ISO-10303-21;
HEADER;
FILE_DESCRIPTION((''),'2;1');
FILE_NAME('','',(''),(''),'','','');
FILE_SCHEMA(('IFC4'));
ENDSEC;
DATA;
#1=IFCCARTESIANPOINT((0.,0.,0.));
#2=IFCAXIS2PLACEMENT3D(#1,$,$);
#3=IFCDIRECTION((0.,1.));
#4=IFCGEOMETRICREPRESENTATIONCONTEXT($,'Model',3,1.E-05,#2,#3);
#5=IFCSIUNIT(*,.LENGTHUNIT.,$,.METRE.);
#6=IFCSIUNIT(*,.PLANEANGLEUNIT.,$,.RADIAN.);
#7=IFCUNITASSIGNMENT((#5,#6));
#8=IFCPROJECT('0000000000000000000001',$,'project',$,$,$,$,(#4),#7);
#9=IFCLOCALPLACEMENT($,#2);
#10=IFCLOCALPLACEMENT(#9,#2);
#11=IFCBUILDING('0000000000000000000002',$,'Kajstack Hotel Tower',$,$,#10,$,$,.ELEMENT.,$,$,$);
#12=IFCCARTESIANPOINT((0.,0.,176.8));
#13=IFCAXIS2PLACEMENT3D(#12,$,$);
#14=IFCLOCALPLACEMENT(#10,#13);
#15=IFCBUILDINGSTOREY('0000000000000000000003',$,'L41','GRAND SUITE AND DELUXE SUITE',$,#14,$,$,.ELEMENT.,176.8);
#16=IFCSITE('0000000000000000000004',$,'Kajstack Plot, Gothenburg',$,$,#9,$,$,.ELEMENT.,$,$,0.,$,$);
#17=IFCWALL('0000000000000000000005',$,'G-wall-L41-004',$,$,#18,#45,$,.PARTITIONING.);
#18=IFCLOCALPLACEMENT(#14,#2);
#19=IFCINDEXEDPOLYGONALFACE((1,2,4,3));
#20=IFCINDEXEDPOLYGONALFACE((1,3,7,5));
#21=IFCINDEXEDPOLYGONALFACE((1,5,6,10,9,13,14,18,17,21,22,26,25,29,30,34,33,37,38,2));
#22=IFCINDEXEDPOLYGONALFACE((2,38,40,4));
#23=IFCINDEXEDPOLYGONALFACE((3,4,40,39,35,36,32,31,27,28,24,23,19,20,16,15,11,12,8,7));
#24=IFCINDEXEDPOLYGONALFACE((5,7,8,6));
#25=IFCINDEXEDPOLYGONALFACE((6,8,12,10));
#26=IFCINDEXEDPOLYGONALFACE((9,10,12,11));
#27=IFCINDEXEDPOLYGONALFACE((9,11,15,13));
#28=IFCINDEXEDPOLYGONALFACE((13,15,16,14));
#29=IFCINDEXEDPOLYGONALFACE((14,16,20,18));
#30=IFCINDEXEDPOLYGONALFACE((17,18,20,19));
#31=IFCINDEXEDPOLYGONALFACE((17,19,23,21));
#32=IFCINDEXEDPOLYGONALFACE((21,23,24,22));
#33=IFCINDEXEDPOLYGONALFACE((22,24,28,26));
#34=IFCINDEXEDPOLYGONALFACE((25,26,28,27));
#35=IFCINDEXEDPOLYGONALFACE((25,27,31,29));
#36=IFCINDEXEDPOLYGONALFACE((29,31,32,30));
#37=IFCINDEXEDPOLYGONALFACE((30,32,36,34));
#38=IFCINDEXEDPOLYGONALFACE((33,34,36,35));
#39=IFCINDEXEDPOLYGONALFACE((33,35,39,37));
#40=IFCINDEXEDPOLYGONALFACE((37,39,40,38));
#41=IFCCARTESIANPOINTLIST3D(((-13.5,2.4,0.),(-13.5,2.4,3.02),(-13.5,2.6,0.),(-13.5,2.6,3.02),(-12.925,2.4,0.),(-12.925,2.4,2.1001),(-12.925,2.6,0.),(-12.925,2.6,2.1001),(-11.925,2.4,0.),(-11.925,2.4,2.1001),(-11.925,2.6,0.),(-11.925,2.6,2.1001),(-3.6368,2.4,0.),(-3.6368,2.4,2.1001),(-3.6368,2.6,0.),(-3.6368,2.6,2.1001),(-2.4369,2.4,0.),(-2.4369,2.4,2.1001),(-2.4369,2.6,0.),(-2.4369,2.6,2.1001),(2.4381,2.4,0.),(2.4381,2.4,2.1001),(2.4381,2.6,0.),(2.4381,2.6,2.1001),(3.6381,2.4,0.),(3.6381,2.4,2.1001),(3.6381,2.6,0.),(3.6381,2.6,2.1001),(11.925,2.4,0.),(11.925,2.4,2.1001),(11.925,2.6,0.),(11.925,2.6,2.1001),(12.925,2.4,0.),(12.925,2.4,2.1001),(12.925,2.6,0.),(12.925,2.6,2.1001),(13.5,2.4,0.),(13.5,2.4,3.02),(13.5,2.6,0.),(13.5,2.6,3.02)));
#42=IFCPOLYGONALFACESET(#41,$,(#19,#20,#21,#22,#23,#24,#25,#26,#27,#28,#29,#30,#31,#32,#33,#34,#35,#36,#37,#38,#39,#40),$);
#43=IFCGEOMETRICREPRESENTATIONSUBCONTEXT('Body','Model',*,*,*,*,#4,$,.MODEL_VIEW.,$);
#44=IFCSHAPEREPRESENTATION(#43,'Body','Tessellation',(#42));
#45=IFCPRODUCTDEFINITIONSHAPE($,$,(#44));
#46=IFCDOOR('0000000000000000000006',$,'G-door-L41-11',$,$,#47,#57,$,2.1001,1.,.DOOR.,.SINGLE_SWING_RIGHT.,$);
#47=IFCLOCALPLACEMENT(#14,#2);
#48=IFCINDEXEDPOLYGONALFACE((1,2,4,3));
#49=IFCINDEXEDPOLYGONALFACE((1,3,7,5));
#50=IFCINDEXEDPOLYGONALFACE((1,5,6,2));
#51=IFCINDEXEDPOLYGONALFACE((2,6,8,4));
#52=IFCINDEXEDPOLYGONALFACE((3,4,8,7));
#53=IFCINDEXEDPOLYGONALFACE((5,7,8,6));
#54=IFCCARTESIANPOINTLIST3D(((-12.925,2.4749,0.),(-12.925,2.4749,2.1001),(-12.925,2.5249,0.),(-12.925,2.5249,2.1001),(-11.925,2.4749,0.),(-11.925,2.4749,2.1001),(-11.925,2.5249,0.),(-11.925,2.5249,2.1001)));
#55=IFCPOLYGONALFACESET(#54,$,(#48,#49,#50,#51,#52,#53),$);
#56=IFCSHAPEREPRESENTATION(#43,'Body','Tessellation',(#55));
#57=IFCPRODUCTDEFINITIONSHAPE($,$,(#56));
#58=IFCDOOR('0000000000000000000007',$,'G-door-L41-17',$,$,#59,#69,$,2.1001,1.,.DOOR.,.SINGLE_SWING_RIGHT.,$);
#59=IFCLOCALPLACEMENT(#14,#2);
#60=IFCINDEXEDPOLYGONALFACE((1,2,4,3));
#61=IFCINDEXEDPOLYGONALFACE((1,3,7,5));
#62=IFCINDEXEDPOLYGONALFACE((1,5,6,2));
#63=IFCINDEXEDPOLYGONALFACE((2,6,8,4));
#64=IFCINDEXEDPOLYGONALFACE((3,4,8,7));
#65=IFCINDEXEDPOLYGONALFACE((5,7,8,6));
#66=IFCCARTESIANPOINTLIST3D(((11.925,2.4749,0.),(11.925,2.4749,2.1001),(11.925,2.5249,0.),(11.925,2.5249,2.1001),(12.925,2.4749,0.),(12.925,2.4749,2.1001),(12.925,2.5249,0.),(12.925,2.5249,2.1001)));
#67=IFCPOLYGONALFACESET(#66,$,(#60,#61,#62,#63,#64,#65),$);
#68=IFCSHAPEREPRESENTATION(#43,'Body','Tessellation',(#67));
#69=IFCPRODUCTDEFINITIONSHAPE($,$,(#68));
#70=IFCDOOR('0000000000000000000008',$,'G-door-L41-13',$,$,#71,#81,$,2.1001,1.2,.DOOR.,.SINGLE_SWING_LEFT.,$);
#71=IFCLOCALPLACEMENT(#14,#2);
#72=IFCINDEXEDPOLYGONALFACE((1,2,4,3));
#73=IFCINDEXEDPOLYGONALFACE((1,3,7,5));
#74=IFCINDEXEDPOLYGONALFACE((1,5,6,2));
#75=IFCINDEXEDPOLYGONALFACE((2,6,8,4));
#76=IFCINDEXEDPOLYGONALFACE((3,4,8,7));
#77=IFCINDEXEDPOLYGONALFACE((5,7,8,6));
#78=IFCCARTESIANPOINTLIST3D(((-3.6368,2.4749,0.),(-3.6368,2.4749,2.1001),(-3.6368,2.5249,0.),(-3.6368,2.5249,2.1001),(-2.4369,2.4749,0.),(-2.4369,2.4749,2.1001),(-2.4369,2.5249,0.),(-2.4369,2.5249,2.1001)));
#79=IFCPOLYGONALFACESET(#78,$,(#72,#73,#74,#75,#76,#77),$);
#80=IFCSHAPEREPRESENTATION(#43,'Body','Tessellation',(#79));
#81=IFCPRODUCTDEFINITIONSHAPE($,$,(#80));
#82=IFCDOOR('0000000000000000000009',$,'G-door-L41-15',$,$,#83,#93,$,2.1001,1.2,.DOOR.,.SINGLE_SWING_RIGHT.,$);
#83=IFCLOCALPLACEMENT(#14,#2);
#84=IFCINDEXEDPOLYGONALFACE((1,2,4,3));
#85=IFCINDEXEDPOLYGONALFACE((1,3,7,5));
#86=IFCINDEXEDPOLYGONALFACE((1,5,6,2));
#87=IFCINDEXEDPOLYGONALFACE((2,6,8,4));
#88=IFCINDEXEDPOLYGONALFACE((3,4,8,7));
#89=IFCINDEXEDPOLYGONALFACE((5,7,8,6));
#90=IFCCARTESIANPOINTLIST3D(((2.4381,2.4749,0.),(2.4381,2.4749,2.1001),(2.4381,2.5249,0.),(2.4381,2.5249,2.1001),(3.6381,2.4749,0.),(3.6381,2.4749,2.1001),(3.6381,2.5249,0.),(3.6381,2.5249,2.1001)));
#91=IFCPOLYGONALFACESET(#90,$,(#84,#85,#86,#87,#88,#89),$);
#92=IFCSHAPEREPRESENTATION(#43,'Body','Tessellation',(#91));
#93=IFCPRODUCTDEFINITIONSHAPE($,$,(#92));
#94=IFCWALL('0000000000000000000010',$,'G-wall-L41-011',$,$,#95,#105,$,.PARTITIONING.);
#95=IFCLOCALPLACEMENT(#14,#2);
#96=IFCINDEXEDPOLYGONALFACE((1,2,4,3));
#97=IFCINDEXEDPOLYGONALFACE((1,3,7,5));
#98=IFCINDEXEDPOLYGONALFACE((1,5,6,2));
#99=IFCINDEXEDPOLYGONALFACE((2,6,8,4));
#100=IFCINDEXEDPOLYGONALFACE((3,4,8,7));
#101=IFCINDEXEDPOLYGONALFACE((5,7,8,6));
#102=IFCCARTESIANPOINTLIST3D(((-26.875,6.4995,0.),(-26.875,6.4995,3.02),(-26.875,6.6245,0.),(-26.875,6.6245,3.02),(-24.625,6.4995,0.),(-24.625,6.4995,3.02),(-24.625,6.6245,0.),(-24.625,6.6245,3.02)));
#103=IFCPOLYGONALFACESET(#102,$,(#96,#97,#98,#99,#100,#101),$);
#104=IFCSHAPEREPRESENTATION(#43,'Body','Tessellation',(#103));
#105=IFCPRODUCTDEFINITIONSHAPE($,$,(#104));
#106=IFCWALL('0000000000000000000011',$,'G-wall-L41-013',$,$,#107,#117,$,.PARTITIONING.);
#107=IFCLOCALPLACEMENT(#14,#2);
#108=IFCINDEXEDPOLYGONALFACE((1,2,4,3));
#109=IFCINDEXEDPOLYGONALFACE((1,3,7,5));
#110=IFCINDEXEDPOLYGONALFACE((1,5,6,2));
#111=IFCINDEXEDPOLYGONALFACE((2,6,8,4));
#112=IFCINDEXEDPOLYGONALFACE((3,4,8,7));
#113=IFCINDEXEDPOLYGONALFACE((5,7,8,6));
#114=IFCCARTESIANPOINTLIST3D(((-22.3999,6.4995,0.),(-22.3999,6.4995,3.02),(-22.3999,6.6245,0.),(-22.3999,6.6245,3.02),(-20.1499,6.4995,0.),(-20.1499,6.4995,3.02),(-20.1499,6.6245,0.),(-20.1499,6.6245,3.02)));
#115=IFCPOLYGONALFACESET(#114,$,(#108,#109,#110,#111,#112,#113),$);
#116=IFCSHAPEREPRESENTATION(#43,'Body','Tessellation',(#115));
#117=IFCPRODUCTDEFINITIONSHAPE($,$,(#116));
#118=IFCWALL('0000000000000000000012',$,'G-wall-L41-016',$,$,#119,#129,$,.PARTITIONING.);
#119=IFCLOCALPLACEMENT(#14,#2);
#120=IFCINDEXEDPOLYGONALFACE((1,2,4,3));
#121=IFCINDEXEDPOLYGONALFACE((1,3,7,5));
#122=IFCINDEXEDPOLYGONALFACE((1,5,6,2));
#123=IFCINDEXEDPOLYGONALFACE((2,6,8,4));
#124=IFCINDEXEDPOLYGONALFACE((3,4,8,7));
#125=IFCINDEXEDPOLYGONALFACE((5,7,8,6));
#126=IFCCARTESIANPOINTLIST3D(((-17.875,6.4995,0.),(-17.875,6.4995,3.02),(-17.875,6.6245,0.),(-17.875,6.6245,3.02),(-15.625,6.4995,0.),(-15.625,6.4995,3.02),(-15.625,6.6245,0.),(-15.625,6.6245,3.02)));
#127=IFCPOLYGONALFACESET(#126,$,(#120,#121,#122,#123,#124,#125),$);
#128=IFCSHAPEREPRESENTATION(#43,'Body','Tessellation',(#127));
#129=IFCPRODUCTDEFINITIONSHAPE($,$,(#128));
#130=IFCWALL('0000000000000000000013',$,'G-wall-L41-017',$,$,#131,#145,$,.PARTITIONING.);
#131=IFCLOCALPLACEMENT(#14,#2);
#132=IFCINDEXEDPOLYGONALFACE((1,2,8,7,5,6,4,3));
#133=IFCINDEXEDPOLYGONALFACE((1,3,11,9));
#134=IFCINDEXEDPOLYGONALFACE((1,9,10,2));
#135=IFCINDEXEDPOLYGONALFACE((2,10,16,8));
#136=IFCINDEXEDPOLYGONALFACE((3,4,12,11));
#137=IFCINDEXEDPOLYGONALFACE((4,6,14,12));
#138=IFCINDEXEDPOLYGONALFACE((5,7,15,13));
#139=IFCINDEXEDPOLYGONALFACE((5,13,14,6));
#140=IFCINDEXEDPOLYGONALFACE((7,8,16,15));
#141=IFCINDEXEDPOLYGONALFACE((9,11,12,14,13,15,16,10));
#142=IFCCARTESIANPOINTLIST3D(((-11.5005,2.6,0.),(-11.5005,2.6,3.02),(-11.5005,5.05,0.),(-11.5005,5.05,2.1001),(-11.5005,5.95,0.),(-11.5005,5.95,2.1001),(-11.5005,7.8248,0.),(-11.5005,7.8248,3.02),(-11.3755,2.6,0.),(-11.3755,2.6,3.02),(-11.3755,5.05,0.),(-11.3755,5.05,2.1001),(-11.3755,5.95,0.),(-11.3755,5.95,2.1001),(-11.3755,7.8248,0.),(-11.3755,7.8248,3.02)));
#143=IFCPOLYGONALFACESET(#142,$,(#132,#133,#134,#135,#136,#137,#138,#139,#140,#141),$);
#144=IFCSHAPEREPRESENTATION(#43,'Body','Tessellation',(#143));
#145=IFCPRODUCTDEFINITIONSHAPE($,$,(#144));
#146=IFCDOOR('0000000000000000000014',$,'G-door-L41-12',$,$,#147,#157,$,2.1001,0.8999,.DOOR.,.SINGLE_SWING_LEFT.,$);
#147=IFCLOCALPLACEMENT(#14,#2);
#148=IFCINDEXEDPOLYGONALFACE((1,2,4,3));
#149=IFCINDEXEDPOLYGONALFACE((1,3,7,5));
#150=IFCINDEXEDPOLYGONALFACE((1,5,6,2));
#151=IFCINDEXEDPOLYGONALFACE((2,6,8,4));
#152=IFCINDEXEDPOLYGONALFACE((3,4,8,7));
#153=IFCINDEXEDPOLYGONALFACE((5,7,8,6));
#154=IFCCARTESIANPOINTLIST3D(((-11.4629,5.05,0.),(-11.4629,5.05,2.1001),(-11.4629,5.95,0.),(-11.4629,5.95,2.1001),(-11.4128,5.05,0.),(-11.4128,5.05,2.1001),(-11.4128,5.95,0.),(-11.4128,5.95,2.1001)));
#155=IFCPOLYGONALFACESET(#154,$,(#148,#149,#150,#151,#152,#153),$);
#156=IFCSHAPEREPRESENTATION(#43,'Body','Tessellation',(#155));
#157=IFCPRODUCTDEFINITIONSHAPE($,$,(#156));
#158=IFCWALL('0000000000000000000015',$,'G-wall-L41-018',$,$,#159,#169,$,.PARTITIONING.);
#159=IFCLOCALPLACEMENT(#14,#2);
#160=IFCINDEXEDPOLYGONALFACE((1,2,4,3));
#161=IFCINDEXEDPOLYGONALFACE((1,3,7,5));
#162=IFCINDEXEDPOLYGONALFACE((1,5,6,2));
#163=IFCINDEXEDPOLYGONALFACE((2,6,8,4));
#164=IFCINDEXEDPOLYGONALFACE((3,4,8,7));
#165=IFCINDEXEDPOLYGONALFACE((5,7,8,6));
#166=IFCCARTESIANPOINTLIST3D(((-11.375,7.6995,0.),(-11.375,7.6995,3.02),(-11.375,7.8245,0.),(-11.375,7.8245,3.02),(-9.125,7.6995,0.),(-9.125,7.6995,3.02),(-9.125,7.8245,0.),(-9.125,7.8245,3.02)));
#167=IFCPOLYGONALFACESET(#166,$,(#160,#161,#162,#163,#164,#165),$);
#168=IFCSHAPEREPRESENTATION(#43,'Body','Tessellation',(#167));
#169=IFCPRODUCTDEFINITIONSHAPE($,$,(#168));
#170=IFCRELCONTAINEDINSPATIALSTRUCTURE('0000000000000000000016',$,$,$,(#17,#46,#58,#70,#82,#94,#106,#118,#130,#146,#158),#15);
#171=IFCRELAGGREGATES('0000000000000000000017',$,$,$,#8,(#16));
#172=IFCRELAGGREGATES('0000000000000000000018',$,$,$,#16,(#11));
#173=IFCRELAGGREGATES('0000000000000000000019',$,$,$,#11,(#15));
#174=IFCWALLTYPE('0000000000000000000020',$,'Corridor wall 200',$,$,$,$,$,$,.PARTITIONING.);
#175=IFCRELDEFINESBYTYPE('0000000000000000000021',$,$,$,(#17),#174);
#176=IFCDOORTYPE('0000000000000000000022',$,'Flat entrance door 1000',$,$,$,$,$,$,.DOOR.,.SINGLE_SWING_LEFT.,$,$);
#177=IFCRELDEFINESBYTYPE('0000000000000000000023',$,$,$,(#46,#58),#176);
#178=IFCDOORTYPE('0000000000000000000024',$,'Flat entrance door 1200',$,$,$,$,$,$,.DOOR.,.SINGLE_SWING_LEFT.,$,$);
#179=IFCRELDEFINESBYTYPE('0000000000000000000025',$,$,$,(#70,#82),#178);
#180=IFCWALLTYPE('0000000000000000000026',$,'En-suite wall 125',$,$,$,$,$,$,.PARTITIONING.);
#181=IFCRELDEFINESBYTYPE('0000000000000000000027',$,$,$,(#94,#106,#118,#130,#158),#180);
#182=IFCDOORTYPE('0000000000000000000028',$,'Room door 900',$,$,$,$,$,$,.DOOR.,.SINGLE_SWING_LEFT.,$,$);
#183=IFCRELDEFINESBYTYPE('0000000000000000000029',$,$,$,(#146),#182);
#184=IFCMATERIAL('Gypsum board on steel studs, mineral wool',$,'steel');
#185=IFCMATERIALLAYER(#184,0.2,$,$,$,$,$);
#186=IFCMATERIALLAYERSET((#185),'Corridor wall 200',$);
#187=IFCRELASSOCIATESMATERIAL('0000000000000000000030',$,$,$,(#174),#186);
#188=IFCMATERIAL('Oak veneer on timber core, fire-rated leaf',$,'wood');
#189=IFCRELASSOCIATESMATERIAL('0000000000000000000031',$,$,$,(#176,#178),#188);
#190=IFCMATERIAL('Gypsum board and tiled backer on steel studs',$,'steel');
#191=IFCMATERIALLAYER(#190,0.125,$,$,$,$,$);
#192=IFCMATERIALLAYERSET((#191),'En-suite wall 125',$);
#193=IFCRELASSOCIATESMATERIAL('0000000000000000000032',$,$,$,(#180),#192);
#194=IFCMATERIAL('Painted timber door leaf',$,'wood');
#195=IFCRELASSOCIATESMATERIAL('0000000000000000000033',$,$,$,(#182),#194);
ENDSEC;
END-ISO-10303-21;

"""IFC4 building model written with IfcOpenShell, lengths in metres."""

from ifc_helpers import new_model, si_unit, direction, frame, frame_2d, origin, place, context, subcontext, project, spatial, rectangle, extrude, material, layer, layer_set, type_object, element, fill, save


model = new_model("IFC4")

# Units and contexts
model_context = context("Model", 3, precision=1e-05, world=origin(), true_north=direction((0.0, 1.0)))
body_context = subcontext(model_context, "Body", "Model", "MODEL_VIEW")
ifc_project = project(units=[si_unit("LENGTHUNIT", "METRE"), si_unit("PLANEANGLEUNIT", "RADIAN")], contexts=[model_context])

# Site, building, storey
site_placement = place(None, origin())
site = spatial("IfcSite", under=ifc_project, at=site_placement, Name="Kajstack Plot, Gothenburg", CompositionType="ELEMENT", RefElevation=0.0)
building_placement = place(site_placement, origin())
building = spatial("IfcBuilding", under=site, at=building_placement, Name="Kajstack Hotel Tower", CompositionType="ELEMENT")
storey_placement = place(building_placement, frame((0.0, 0.0, 176.8)))
storey = spatial("IfcBuildingStorey", under=building, at=storey_placement, Name="L41", Description="GRAND SUITE AND DELUXE SUITE", CompositionType="ELEMENT", Elevation=176.8)

# Wall, openings, doors
ifc_material_1 = material(Name="Gypsum board on steel studs, mineral wool", Category="steel")
ifc_layer_1 = layer(ifc_material_1, 0.2)
ifc_layer_set_1 = layer_set([ifc_layer_1], Name="Corridor wall 200")
wall_type_1 = type_object("IfcWallType", Name="Corridor wall 200", PredefinedType="PARTITIONING", material=ifc_layer_set_1)
wall_1_placement = place(storey_placement, frame((-13.5, 2.5, 0.0), z_axis=(0.0, 0.0, 1.0), x_axis=(1.0, 0.0, 0.0)))
wall_1 = element("IfcWall", 1, at=wall_1_placement, inside=storey, type_object=wall_type_1, Name="G-wall-L41-004", PredefinedType="PARTITIONING", context=body_context, shape_type="SweptSolid", body=[
    extrude(rectangle(XDim=27.0, YDim=0.2, at=frame_2d((13.5, 0.0))), origin(), (0.0, 0.0, 1.0), 3.02),
])
opening_1_placement = place(wall_1_placement, frame((0.575, 0.0, 0.0)))
opening_1 = element("IfcOpeningElement", 2, at=opening_1_placement, cuts=wall_1, PredefinedType="OPENING", context=body_context, shape_type="SweptSolid", body=[
    extrude(rectangle(XDim=1.0, YDim=2.1001, at=frame_2d((0.5, 1.05))), frame((0.0, 0.1099, 0.0), z_axis=(0.0, -1.0, 0.0), x_axis=(1.0, 0.0, 0.0)), (0.0, 0.0, 1.0), 0.22),
])
opening_2_placement = place(wall_1_placement, frame((9.863, 0.0, 0.0)))
opening_2 = element("IfcOpeningElement", 3, at=opening_2_placement, cuts=wall_1, PredefinedType="OPENING", context=body_context, shape_type="SweptSolid", body=[
    extrude(rectangle(XDim=1.2, YDim=2.1001, at=frame_2d((0.6001, 1.05))), frame((0.0, 0.1099, 0.0), z_axis=(0.0, -1.0, 0.0), x_axis=(1.0, 0.0, 0.0)), (0.0, 0.0, 1.0), 0.22),
])
opening_3_placement = place(wall_1_placement, frame((15.938, 0.0, 0.0)))
opening_3 = element("IfcOpeningElement", 4, at=opening_3_placement, cuts=wall_1, PredefinedType="OPENING", context=body_context, shape_type="SweptSolid", body=[
    extrude(rectangle(XDim=1.2, YDim=2.1001, at=frame_2d((0.6001, 1.05))), frame((0.0, 0.1099, 0.0), z_axis=(0.0, -1.0, 0.0), x_axis=(1.0, 0.0, 0.0)), (0.0, 0.0, 1.0), 0.22),
])
opening_4_placement = place(wall_1_placement, frame((25.425, 0.0, 0.0)))
opening_4 = element("IfcOpeningElement", 5, at=opening_4_placement, cuts=wall_1, PredefinedType="OPENING", context=body_context, shape_type="SweptSolid", body=[
    extrude(rectangle(XDim=1.0, YDim=2.1001, at=frame_2d((0.5, 1.05))), frame((0.0, 0.1099, 0.0), z_axis=(0.0, -1.0, 0.0), x_axis=(1.0, 0.0, 0.0)), (0.0, 0.0, 1.0), 0.22),
])
ifc_material_2 = material(Name="Oak veneer on timber core, fire-rated leaf", Category="wood")
door_type_1 = type_object("IfcDoorType", Name="Flat entrance door 1000", OperationType="SINGLE_SWING_LEFT", PredefinedType="DOOR", material=ifc_material_2)
door_1_placement = place(opening_1_placement, origin())
door_1 = element("IfcDoor", 6, at=door_1_placement, inside=storey, type_object=door_type_1, Name="G-door-L41-11", OperationType="SINGLE_SWING_RIGHT", OverallHeight=2.1001, OverallWidth=1.0, PredefinedType="DOOR", context=body_context, shape_type="SweptSolid", body=[
    extrude(rectangle(XDim=1.0, YDim=2.1001, at=frame_2d((0.5, 1.05))), frame((0.0, 0.0249, 0.0), z_axis=(0.0, -1.0, 0.0), x_axis=(1.0, 0.0, 0.0)), (0.0, 0.0, 1.0), 0.05),
])
fill(opening_1, door_1)
door_2_placement = place(opening_4_placement, origin())
door_2 = element("IfcDoor", 7, at=door_2_placement, inside=storey, type_object=door_type_1, Name="G-door-L41-17", OperationType="SINGLE_SWING_RIGHT", OverallHeight=2.1001, OverallWidth=1.0, PredefinedType="DOOR", context=body_context, shape_type="SweptSolid", body=[
    extrude(rectangle(XDim=1.0, YDim=2.1001, at=frame_2d((0.5, 1.05))), frame((0.0, 0.0249, 0.0), z_axis=(0.0, -1.0, 0.0), x_axis=(1.0, 0.0, 0.0)), (0.0, 0.0, 1.0), 0.05),
])
fill(opening_4, door_2)
door_type_2 = type_object("IfcDoorType", Name="Flat entrance door 1200", OperationType="SINGLE_SWING_LEFT", PredefinedType="DOOR", material=ifc_material_2)
door_3_placement = place(opening_2_placement, origin())
door_3 = element("IfcDoor", 8, at=door_3_placement, inside=storey, type_object=door_type_2, Name="G-door-L41-13", OperationType="SINGLE_SWING_LEFT", OverallHeight=2.1001, OverallWidth=1.2, PredefinedType="DOOR", context=body_context, shape_type="SweptSolid", body=[
    extrude(rectangle(XDim=1.2, YDim=2.1001, at=frame_2d((0.6001, 1.05))), frame((0.0, 0.0249, 0.0), z_axis=(0.0, -1.0, 0.0), x_axis=(1.0, 0.0, 0.0)), (0.0, 0.0, 1.0), 0.05),
])
fill(opening_2, door_3)
door_4_placement = place(opening_3_placement, origin())
door_4 = element("IfcDoor", 9, at=door_4_placement, inside=storey, type_object=door_type_2, Name="G-door-L41-15", OperationType="SINGLE_SWING_RIGHT", OverallHeight=2.1001, OverallWidth=1.2, PredefinedType="DOOR", context=body_context, shape_type="SweptSolid", body=[
    extrude(rectangle(XDim=1.2, YDim=2.1001, at=frame_2d((0.6001, 1.05))), frame((0.0, 0.0249, 0.0), z_axis=(0.0, -1.0, 0.0), x_axis=(1.0, 0.0, 0.0)), (0.0, 0.0, 1.0), 0.05),
])
fill(opening_3, door_4)

# Walls
ifc_material_3 = material(Name="Gypsum board and tiled backer on steel studs", Category="steel")
ifc_layer_2 = layer(ifc_material_3, 0.125)
ifc_layer_set_2 = layer_set([ifc_layer_2], Name="En-suite wall 125")
wall_type_2 = type_object("IfcWallType", Name="En-suite wall 125", PredefinedType="PARTITIONING", material=ifc_layer_set_2)
for number, where, z_axis, x_axis, name in (
    (10, (-26.875, 6.562, 0.0), (0.0, 0.0, 1.0), (1.0, 0.0, 0.0), "G-wall-L41-011"),
    (11, (-22.3999, 6.562, 0.0), (0.0, 0.0, 1.0), (1.0, 0.0, 0.0), "G-wall-L41-013"),
    (12, (-17.875, 6.562, 0.0), (0.0, 0.0, 1.0), (1.0, 0.0, 0.0), "G-wall-L41-016"),
):
    element("IfcWall", number, at=place(storey_placement, frame(where, z_axis=z_axis, x_axis=x_axis)), inside=storey, type_object=wall_type_2, Name=name, PredefinedType="PARTITIONING", context=body_context, shape_type="SweptSolid", body=[
        extrude(rectangle(XDim=2.25, YDim=0.125, at=frame_2d((1.125, 0.0))), origin(), (0.0, 0.0, 1.0), 3.02),
    ])

# Wall, opening, door
wall_2_placement = place(storey_placement, frame((-11.438, 2.6001, 0.0), z_axis=(0.0, 0.0, 1.0), x_axis=(0.0, 1.0, 0.0)))
wall_2 = element("IfcWall", 13, at=wall_2_placement, inside=storey, type_object=wall_type_2, Name="G-wall-L41-017", PredefinedType="PARTITIONING", context=body_context, shape_type="SweptSolid", body=[
    extrude(rectangle(XDim=5.2249, YDim=0.125, at=frame_2d((2.6123, 0.0))), origin(), (0.0, 0.0, 1.0), 3.02),
])
opening_5_placement = place(wall_2_placement, frame((2.45, 0.0, 0.0)))
opening_5 = element("IfcOpeningElement", 14, at=opening_5_placement, cuts=wall_2, PredefinedType="OPENING", context=body_context, shape_type="SweptSolid", body=[
    extrude(rectangle(XDim=0.8999, YDim=2.1001, at=frame_2d((0.45, 1.05))), frame((0.0, 0.0725, 0.0), z_axis=(0.0, -1.0, 0.0), x_axis=(1.0, 0.0, 0.0)), (0.0, 0.0, 1.0), 0.145),
])
ifc_material_4 = material(Name="Painted timber door leaf", Category="wood")
door_type_3 = type_object("IfcDoorType", Name="Room door 900", OperationType="SINGLE_SWING_LEFT", PredefinedType="DOOR", material=ifc_material_4)
door_5_placement = place(opening_5_placement, origin())
door_5 = element("IfcDoor", 15, at=door_5_placement, inside=storey, type_object=door_type_3, Name="G-door-L41-12", OperationType="SINGLE_SWING_LEFT", OverallHeight=2.1001, OverallWidth=0.8999, PredefinedType="DOOR", context=body_context, shape_type="SweptSolid", body=[
    extrude(rectangle(XDim=0.8999, YDim=2.1001, at=frame_2d((0.45, 1.05))), frame((0.0, 0.0249, 0.0), z_axis=(0.0, -1.0, 0.0), x_axis=(1.0, 0.0, 0.0)), (0.0, 0.0, 1.0), 0.05),
])
fill(opening_5, door_5)

# Wall
wall_3_placement = place(storey_placement, frame((-11.375, 7.762, 0.0), z_axis=(0.0, 0.0, 1.0), x_axis=(1.0, 0.0, 0.0)))
element("IfcWall", 16, at=wall_3_placement, inside=storey, type_object=wall_type_2, Name="G-wall-L41-018", PredefinedType="PARTITIONING", context=body_context, shape_type="SweptSolid", body=[
    extrude(rectangle(XDim=2.25, YDim=0.125, at=frame_2d((1.125, 0.0))), origin(), (0.0, 0.0, 1.0), 3.02),
])

save(model, "model.ifc")
